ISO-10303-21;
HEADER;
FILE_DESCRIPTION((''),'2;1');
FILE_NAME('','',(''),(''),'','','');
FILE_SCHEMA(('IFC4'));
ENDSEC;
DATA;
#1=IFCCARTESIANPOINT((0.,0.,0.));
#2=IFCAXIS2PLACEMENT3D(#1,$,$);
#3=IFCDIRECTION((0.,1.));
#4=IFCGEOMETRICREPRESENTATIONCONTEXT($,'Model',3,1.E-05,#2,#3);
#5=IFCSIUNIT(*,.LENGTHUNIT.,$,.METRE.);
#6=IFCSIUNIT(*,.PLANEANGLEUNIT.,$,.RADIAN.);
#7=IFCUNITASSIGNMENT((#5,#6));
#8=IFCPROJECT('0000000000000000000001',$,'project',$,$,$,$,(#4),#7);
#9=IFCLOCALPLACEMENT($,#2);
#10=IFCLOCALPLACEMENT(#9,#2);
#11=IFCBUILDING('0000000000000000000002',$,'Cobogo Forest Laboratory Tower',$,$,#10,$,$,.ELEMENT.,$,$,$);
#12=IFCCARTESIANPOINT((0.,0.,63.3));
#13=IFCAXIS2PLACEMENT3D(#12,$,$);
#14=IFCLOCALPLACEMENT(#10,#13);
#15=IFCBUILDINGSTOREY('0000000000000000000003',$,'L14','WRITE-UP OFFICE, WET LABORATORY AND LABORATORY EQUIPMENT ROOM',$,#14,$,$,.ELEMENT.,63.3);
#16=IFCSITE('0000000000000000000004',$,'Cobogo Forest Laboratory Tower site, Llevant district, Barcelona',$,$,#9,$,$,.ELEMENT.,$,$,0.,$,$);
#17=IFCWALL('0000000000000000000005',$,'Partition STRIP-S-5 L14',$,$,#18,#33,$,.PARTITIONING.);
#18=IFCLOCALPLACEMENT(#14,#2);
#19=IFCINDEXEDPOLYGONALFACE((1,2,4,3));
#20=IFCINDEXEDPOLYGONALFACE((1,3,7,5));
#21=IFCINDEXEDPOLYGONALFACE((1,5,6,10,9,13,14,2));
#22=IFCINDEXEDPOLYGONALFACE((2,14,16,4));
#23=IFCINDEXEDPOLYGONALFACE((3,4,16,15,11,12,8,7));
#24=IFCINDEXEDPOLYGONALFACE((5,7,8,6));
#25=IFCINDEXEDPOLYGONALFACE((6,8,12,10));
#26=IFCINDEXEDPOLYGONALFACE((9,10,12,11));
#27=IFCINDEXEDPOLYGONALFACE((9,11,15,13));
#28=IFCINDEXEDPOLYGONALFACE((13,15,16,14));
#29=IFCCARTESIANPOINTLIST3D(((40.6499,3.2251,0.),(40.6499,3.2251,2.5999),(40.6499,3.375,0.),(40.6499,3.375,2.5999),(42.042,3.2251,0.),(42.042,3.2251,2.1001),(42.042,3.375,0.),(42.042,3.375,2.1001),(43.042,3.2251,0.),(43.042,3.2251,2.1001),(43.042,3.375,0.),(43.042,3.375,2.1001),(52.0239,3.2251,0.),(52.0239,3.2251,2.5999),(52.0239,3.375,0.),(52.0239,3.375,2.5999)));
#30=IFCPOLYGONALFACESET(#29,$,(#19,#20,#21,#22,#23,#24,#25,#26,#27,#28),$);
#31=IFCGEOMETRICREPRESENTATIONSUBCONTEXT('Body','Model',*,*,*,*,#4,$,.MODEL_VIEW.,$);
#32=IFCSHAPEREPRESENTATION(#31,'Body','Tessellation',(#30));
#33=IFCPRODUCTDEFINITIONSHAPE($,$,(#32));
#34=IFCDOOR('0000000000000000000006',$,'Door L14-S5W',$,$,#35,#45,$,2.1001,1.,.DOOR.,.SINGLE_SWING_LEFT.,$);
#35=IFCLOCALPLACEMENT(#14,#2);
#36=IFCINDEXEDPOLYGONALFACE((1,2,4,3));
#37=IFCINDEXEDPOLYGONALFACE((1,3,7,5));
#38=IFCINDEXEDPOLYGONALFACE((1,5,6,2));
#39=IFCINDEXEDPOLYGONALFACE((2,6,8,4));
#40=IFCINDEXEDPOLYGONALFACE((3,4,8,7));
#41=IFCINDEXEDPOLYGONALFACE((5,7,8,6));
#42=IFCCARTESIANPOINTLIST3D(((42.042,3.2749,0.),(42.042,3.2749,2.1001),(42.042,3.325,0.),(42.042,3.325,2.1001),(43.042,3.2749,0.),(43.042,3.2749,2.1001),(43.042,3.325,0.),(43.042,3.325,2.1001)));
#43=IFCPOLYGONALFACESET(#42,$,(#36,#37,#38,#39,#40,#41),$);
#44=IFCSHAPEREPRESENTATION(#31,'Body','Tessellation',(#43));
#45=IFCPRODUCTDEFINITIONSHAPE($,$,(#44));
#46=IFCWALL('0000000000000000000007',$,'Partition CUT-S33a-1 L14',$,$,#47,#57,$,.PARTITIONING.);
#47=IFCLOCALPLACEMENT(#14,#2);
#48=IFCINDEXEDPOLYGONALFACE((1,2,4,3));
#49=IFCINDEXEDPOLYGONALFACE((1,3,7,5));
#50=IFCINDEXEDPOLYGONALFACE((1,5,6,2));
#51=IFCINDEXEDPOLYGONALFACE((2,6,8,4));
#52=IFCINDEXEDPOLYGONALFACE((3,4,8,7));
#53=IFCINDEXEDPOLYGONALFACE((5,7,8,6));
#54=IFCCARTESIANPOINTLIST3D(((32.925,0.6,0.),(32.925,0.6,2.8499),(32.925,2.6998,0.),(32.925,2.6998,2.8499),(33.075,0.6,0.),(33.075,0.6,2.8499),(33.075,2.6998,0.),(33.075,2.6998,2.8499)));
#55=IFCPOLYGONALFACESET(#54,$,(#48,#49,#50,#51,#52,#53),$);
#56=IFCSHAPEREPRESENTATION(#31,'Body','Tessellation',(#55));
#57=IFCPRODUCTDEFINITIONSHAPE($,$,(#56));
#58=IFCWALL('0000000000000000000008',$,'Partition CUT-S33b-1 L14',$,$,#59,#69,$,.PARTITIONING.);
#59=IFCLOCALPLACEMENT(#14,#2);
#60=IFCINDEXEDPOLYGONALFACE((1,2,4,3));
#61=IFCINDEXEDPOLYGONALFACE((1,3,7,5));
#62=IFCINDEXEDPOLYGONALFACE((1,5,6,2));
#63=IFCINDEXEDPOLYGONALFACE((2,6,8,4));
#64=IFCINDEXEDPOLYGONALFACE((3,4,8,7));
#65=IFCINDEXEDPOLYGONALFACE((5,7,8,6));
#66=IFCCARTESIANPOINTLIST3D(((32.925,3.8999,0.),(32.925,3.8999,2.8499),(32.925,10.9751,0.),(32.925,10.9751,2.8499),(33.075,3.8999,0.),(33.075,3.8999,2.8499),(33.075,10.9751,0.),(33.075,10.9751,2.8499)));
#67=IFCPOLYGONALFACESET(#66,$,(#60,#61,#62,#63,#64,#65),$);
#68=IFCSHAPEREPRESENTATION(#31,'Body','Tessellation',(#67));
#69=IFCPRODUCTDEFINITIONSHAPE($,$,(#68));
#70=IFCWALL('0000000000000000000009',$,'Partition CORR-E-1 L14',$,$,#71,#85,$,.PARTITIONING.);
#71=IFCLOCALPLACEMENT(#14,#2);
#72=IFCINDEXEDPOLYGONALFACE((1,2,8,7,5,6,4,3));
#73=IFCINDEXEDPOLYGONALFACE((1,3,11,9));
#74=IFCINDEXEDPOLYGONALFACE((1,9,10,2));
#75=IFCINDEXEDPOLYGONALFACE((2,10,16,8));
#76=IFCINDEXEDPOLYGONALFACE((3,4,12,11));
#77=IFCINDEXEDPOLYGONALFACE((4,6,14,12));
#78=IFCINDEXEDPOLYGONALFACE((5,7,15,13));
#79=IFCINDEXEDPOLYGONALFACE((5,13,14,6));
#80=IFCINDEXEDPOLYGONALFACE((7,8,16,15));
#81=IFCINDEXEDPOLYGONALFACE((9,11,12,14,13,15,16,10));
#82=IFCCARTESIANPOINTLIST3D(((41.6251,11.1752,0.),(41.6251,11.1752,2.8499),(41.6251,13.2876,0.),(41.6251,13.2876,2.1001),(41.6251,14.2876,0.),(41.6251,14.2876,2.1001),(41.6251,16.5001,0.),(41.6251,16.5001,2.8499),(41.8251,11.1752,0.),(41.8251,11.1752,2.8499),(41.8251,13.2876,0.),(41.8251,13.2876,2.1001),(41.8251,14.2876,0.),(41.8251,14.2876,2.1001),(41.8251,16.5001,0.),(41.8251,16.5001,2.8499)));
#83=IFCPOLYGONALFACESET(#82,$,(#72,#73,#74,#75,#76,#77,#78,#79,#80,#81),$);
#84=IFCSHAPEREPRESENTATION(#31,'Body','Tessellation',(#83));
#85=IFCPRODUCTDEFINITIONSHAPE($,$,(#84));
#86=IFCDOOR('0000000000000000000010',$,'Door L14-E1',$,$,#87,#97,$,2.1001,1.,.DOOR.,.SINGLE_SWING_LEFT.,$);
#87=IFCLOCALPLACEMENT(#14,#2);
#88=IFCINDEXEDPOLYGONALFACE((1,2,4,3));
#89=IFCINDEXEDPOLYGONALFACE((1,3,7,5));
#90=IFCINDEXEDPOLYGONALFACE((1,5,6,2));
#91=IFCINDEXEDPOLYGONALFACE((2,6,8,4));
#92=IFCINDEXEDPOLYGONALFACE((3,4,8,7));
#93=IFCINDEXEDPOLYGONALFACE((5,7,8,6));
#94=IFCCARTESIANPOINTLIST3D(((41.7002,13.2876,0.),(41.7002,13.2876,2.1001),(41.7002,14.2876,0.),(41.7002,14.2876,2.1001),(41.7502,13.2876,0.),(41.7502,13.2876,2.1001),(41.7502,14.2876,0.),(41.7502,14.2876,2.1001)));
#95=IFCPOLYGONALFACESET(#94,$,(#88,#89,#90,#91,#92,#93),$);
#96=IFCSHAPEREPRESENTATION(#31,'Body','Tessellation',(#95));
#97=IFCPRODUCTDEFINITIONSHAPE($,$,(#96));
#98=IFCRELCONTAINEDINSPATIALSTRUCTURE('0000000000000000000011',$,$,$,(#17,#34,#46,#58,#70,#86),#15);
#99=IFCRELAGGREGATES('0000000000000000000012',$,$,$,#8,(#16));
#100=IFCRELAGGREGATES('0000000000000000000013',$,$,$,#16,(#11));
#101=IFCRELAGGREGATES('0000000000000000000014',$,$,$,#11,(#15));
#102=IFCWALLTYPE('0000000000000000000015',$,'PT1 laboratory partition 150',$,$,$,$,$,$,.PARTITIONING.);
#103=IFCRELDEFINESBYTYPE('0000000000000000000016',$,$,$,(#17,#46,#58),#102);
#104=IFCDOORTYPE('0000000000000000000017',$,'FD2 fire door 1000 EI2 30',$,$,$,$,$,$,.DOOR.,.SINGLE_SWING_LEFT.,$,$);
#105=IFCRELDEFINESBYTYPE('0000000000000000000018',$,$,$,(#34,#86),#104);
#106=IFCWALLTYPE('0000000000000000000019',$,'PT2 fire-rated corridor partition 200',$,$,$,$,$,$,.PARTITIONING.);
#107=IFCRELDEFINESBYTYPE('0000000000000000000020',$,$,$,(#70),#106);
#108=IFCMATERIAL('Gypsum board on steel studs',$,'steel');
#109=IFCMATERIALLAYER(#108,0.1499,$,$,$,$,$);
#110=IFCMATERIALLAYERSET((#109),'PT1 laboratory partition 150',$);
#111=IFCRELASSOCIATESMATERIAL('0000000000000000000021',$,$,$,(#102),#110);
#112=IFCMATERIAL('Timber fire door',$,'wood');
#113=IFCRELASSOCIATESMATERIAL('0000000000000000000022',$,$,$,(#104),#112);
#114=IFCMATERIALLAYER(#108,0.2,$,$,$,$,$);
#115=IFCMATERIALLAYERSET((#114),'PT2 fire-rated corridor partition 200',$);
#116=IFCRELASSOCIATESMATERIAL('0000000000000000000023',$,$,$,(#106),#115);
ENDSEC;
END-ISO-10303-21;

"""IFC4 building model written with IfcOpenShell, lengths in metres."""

from ifc_helpers import new_model, si_unit, direction, frame, frame_2d, origin, place, context, subcontext, project, spatial, rectangle, extrude, material, layer, layer_set, type_object, element, fill, save


model = new_model("IFC4")

# Units and contexts
model_context = context("Model", 3, precision=1e-05, world=origin(), true_north=direction((0.0, 1.0)))
body_context = subcontext(model_context, "Body", "Model", "MODEL_VIEW")
ifc_project = project(units=[si_unit("LENGTHUNIT", "METRE"), si_unit("PLANEANGLEUNIT", "RADIAN")], contexts=[model_context])

# Site, building, storey
site_placement = place(None, origin())
site = spatial("IfcSite", under=ifc_project, at=site_placement, Name="Cobogo Forest Laboratory Tower site, Llevant district, Barcelona", CompositionType="ELEMENT", RefElevation=0.0)
building_placement = place(site_placement, origin())
building = spatial("IfcBuilding", under=site, at=building_placement, Name="Cobogo Forest Laboratory Tower", CompositionType="ELEMENT")
storey_placement = place(building_placement, frame((0.0, 0.0, 63.3)))
storey = spatial("IfcBuildingStorey", under=building, at=storey_placement, Name="L14", Description="WRITE-UP OFFICE, WET LABORATORY AND LABORATORY EQUIPMENT ROOM", CompositionType="ELEMENT", Elevation=63.3)

# Shared definitions
ifc_material_1 = material(Name="Gypsum board on steel studs", Category="steel")
ifc_layer_1 = layer(ifc_material_1, 0.1499)
ifc_layer_set_1 = layer_set([ifc_layer_1], Name="PT1 laboratory partition 150")
wall_type_1 = type_object("IfcWallType", Name="PT1 laboratory partition 150", PredefinedType="PARTITIONING", material=ifc_layer_set_1)

# Wall, opening, door
wall_1_placement = place(storey_placement, frame((40.6499, 3.3, 0.0), z_axis=(0.0, 0.0, 1.0), x_axis=(1.0, 0.0, 0.0)))
wall_1 = element("IfcWall", 1, at=wall_1_placement, inside=storey, type_object=wall_type_1, Name="Partition STRIP-S-5 L14", PredefinedType="PARTITIONING", context=body_context, shape_type="SweptSolid", body=[
    extrude(rectangle(XDim=11.374, YDim=0.1499, at=frame_2d((5.687, 0.0))), origin(), (0.0, 0.0, 1.0), 2.5999),
])
opening_1_placement = place(wall_1_placement, frame((1.3921, 0.0, 0.0)))
opening_1 = element("IfcOpeningElement", 2, at=opening_1_placement, cuts=wall_1, PredefinedType="OPENING", context=body_context, shape_type="SweptSolid", body=[
    extrude(rectangle(XDim=1.0, YDim=2.1001, at=frame_2d((0.5, 1.05))), frame((0.0, 0.085, 0.0), z_axis=(0.0, -1.0, 0.0), x_axis=(1.0, 0.0, 0.0)), (0.0, 0.0, 1.0), 0.1699),
])
ifc_material_2 = material(Name="Timber fire door", Category="wood")
door_type_1 = type_object("IfcDoorType", Name="FD2 fire door 1000 EI2 30", OperationType="SINGLE_SWING_LEFT", PredefinedType="DOOR", material=ifc_material_2)
door_1_placement = place(opening_1_placement, origin())
door_1 = element("IfcDoor", 3, at=door_1_placement, inside=storey, type_object=door_type_1, Name="Door L14-S5W", OperationType="SINGLE_SWING_LEFT", OverallHeight=2.1001, OverallWidth=1.0, PredefinedType="DOOR", context=body_context, shape_type="SweptSolid", body=[
    extrude(rectangle(XDim=1.0, YDim=2.1001, at=frame_2d((0.5, 1.05))), frame((0.0, 0.0249, 0.0), z_axis=(0.0, -1.0, 0.0), x_axis=(1.0, 0.0, 0.0)), (0.0, 0.0, 1.0), 0.05),
])
fill(opening_1, door_1)

# Walls
wall_2_placement = place(storey_placement, frame((33.0, 0.6001, 0.0), z_axis=(0.0, 0.0, 1.0), x_axis=(0.0, 1.0, 0.0)))
element("IfcWall", 4, at=wall_2_placement, inside=storey, type_object=wall_type_1, Name="Partition CUT-S33a-1 L14", PredefinedType="PARTITIONING", context=body_context, shape_type="SweptSolid", body=[
    extrude(rectangle(XDim=2.0999, YDim=0.1499, at=frame_2d((1.0498, 0.0))), origin(), (0.0, 0.0, 1.0), 2.8499),
])
wall_3_placement = place(storey_placement, frame((33.0, 3.8999, 0.0), z_axis=(0.0, 0.0, 1.0), x_axis=(0.0, 1.0, 0.0)))
element("IfcWall", 5, at=wall_3_placement, inside=storey, type_object=wall_type_1, Name="Partition CUT-S33b-1 L14", PredefinedType="PARTITIONING", context=body_context, shape_type="SweptSolid", body=[
    extrude(rectangle(XDim=7.0752, YDim=0.1499, at=frame_2d((3.5376, 0.0))), origin(), (0.0, 0.0, 1.0), 2.8499),
])

# Wall, opening, door
ifc_layer_2 = layer(ifc_material_1, 0.2)
ifc_layer_set_2 = layer_set([ifc_layer_2], Name="PT2 fire-rated corridor partition 200")
wall_type_2 = type_object("IfcWallType", Name="PT2 fire-rated corridor partition 200", PredefinedType="PARTITIONING", material=ifc_layer_set_2)
wall_4_placement = place(storey_placement, frame((41.7251, 11.175, 0.0), z_axis=(0.0, 0.0, 1.0), x_axis=(0.0, 1.0, 0.0)))
wall_4 = element("IfcWall", 6, at=wall_4_placement, inside=storey, type_object=wall_type_2, Name="Partition CORR-E-1 L14", PredefinedType="PARTITIONING", context=body_context, shape_type="SweptSolid", body=[
    extrude(rectangle(XDim=5.325, YDim=0.2, at=frame_2d((2.6626, 0.0))), origin(), (0.0, 0.0, 1.0), 2.8499),
])
opening_2_placement = place(wall_4_placement, frame((2.1125, 0.0, 0.0)))
opening_2 = element("IfcOpeningElement", 7, at=opening_2_placement, cuts=wall_4, PredefinedType="OPENING", context=body_context, shape_type="SweptSolid", body=[
    extrude(rectangle(XDim=1.0, YDim=2.1001, at=frame_2d((0.5, 1.05))), frame((0.0, 0.1099, 0.0), z_axis=(0.0, -1.0, 0.0), x_axis=(1.0, 0.0, 0.0)), (0.0, 0.0, 1.0), 0.22),
])
door_2_placement = place(opening_2_placement, origin())
door_2 = element("IfcDoor", 8, at=door_2_placement, inside=storey, type_object=door_type_1, Name="Door L14-E1", OperationType="SINGLE_SWING_LEFT", OverallHeight=2.1001, OverallWidth=1.0, PredefinedType="DOOR", context=body_context, shape_type="SweptSolid", body=[
    extrude(rectangle(XDim=1.0, YDim=2.1001, at=frame_2d((0.5, 1.05))), frame((0.0, 0.0249, 0.0), z_axis=(0.0, -1.0, 0.0), x_axis=(1.0, 0.0, 0.0)), (0.0, 0.0, 1.0), 0.05),
])
fill(opening_2, door_2)

save(model, "model.ifc")
